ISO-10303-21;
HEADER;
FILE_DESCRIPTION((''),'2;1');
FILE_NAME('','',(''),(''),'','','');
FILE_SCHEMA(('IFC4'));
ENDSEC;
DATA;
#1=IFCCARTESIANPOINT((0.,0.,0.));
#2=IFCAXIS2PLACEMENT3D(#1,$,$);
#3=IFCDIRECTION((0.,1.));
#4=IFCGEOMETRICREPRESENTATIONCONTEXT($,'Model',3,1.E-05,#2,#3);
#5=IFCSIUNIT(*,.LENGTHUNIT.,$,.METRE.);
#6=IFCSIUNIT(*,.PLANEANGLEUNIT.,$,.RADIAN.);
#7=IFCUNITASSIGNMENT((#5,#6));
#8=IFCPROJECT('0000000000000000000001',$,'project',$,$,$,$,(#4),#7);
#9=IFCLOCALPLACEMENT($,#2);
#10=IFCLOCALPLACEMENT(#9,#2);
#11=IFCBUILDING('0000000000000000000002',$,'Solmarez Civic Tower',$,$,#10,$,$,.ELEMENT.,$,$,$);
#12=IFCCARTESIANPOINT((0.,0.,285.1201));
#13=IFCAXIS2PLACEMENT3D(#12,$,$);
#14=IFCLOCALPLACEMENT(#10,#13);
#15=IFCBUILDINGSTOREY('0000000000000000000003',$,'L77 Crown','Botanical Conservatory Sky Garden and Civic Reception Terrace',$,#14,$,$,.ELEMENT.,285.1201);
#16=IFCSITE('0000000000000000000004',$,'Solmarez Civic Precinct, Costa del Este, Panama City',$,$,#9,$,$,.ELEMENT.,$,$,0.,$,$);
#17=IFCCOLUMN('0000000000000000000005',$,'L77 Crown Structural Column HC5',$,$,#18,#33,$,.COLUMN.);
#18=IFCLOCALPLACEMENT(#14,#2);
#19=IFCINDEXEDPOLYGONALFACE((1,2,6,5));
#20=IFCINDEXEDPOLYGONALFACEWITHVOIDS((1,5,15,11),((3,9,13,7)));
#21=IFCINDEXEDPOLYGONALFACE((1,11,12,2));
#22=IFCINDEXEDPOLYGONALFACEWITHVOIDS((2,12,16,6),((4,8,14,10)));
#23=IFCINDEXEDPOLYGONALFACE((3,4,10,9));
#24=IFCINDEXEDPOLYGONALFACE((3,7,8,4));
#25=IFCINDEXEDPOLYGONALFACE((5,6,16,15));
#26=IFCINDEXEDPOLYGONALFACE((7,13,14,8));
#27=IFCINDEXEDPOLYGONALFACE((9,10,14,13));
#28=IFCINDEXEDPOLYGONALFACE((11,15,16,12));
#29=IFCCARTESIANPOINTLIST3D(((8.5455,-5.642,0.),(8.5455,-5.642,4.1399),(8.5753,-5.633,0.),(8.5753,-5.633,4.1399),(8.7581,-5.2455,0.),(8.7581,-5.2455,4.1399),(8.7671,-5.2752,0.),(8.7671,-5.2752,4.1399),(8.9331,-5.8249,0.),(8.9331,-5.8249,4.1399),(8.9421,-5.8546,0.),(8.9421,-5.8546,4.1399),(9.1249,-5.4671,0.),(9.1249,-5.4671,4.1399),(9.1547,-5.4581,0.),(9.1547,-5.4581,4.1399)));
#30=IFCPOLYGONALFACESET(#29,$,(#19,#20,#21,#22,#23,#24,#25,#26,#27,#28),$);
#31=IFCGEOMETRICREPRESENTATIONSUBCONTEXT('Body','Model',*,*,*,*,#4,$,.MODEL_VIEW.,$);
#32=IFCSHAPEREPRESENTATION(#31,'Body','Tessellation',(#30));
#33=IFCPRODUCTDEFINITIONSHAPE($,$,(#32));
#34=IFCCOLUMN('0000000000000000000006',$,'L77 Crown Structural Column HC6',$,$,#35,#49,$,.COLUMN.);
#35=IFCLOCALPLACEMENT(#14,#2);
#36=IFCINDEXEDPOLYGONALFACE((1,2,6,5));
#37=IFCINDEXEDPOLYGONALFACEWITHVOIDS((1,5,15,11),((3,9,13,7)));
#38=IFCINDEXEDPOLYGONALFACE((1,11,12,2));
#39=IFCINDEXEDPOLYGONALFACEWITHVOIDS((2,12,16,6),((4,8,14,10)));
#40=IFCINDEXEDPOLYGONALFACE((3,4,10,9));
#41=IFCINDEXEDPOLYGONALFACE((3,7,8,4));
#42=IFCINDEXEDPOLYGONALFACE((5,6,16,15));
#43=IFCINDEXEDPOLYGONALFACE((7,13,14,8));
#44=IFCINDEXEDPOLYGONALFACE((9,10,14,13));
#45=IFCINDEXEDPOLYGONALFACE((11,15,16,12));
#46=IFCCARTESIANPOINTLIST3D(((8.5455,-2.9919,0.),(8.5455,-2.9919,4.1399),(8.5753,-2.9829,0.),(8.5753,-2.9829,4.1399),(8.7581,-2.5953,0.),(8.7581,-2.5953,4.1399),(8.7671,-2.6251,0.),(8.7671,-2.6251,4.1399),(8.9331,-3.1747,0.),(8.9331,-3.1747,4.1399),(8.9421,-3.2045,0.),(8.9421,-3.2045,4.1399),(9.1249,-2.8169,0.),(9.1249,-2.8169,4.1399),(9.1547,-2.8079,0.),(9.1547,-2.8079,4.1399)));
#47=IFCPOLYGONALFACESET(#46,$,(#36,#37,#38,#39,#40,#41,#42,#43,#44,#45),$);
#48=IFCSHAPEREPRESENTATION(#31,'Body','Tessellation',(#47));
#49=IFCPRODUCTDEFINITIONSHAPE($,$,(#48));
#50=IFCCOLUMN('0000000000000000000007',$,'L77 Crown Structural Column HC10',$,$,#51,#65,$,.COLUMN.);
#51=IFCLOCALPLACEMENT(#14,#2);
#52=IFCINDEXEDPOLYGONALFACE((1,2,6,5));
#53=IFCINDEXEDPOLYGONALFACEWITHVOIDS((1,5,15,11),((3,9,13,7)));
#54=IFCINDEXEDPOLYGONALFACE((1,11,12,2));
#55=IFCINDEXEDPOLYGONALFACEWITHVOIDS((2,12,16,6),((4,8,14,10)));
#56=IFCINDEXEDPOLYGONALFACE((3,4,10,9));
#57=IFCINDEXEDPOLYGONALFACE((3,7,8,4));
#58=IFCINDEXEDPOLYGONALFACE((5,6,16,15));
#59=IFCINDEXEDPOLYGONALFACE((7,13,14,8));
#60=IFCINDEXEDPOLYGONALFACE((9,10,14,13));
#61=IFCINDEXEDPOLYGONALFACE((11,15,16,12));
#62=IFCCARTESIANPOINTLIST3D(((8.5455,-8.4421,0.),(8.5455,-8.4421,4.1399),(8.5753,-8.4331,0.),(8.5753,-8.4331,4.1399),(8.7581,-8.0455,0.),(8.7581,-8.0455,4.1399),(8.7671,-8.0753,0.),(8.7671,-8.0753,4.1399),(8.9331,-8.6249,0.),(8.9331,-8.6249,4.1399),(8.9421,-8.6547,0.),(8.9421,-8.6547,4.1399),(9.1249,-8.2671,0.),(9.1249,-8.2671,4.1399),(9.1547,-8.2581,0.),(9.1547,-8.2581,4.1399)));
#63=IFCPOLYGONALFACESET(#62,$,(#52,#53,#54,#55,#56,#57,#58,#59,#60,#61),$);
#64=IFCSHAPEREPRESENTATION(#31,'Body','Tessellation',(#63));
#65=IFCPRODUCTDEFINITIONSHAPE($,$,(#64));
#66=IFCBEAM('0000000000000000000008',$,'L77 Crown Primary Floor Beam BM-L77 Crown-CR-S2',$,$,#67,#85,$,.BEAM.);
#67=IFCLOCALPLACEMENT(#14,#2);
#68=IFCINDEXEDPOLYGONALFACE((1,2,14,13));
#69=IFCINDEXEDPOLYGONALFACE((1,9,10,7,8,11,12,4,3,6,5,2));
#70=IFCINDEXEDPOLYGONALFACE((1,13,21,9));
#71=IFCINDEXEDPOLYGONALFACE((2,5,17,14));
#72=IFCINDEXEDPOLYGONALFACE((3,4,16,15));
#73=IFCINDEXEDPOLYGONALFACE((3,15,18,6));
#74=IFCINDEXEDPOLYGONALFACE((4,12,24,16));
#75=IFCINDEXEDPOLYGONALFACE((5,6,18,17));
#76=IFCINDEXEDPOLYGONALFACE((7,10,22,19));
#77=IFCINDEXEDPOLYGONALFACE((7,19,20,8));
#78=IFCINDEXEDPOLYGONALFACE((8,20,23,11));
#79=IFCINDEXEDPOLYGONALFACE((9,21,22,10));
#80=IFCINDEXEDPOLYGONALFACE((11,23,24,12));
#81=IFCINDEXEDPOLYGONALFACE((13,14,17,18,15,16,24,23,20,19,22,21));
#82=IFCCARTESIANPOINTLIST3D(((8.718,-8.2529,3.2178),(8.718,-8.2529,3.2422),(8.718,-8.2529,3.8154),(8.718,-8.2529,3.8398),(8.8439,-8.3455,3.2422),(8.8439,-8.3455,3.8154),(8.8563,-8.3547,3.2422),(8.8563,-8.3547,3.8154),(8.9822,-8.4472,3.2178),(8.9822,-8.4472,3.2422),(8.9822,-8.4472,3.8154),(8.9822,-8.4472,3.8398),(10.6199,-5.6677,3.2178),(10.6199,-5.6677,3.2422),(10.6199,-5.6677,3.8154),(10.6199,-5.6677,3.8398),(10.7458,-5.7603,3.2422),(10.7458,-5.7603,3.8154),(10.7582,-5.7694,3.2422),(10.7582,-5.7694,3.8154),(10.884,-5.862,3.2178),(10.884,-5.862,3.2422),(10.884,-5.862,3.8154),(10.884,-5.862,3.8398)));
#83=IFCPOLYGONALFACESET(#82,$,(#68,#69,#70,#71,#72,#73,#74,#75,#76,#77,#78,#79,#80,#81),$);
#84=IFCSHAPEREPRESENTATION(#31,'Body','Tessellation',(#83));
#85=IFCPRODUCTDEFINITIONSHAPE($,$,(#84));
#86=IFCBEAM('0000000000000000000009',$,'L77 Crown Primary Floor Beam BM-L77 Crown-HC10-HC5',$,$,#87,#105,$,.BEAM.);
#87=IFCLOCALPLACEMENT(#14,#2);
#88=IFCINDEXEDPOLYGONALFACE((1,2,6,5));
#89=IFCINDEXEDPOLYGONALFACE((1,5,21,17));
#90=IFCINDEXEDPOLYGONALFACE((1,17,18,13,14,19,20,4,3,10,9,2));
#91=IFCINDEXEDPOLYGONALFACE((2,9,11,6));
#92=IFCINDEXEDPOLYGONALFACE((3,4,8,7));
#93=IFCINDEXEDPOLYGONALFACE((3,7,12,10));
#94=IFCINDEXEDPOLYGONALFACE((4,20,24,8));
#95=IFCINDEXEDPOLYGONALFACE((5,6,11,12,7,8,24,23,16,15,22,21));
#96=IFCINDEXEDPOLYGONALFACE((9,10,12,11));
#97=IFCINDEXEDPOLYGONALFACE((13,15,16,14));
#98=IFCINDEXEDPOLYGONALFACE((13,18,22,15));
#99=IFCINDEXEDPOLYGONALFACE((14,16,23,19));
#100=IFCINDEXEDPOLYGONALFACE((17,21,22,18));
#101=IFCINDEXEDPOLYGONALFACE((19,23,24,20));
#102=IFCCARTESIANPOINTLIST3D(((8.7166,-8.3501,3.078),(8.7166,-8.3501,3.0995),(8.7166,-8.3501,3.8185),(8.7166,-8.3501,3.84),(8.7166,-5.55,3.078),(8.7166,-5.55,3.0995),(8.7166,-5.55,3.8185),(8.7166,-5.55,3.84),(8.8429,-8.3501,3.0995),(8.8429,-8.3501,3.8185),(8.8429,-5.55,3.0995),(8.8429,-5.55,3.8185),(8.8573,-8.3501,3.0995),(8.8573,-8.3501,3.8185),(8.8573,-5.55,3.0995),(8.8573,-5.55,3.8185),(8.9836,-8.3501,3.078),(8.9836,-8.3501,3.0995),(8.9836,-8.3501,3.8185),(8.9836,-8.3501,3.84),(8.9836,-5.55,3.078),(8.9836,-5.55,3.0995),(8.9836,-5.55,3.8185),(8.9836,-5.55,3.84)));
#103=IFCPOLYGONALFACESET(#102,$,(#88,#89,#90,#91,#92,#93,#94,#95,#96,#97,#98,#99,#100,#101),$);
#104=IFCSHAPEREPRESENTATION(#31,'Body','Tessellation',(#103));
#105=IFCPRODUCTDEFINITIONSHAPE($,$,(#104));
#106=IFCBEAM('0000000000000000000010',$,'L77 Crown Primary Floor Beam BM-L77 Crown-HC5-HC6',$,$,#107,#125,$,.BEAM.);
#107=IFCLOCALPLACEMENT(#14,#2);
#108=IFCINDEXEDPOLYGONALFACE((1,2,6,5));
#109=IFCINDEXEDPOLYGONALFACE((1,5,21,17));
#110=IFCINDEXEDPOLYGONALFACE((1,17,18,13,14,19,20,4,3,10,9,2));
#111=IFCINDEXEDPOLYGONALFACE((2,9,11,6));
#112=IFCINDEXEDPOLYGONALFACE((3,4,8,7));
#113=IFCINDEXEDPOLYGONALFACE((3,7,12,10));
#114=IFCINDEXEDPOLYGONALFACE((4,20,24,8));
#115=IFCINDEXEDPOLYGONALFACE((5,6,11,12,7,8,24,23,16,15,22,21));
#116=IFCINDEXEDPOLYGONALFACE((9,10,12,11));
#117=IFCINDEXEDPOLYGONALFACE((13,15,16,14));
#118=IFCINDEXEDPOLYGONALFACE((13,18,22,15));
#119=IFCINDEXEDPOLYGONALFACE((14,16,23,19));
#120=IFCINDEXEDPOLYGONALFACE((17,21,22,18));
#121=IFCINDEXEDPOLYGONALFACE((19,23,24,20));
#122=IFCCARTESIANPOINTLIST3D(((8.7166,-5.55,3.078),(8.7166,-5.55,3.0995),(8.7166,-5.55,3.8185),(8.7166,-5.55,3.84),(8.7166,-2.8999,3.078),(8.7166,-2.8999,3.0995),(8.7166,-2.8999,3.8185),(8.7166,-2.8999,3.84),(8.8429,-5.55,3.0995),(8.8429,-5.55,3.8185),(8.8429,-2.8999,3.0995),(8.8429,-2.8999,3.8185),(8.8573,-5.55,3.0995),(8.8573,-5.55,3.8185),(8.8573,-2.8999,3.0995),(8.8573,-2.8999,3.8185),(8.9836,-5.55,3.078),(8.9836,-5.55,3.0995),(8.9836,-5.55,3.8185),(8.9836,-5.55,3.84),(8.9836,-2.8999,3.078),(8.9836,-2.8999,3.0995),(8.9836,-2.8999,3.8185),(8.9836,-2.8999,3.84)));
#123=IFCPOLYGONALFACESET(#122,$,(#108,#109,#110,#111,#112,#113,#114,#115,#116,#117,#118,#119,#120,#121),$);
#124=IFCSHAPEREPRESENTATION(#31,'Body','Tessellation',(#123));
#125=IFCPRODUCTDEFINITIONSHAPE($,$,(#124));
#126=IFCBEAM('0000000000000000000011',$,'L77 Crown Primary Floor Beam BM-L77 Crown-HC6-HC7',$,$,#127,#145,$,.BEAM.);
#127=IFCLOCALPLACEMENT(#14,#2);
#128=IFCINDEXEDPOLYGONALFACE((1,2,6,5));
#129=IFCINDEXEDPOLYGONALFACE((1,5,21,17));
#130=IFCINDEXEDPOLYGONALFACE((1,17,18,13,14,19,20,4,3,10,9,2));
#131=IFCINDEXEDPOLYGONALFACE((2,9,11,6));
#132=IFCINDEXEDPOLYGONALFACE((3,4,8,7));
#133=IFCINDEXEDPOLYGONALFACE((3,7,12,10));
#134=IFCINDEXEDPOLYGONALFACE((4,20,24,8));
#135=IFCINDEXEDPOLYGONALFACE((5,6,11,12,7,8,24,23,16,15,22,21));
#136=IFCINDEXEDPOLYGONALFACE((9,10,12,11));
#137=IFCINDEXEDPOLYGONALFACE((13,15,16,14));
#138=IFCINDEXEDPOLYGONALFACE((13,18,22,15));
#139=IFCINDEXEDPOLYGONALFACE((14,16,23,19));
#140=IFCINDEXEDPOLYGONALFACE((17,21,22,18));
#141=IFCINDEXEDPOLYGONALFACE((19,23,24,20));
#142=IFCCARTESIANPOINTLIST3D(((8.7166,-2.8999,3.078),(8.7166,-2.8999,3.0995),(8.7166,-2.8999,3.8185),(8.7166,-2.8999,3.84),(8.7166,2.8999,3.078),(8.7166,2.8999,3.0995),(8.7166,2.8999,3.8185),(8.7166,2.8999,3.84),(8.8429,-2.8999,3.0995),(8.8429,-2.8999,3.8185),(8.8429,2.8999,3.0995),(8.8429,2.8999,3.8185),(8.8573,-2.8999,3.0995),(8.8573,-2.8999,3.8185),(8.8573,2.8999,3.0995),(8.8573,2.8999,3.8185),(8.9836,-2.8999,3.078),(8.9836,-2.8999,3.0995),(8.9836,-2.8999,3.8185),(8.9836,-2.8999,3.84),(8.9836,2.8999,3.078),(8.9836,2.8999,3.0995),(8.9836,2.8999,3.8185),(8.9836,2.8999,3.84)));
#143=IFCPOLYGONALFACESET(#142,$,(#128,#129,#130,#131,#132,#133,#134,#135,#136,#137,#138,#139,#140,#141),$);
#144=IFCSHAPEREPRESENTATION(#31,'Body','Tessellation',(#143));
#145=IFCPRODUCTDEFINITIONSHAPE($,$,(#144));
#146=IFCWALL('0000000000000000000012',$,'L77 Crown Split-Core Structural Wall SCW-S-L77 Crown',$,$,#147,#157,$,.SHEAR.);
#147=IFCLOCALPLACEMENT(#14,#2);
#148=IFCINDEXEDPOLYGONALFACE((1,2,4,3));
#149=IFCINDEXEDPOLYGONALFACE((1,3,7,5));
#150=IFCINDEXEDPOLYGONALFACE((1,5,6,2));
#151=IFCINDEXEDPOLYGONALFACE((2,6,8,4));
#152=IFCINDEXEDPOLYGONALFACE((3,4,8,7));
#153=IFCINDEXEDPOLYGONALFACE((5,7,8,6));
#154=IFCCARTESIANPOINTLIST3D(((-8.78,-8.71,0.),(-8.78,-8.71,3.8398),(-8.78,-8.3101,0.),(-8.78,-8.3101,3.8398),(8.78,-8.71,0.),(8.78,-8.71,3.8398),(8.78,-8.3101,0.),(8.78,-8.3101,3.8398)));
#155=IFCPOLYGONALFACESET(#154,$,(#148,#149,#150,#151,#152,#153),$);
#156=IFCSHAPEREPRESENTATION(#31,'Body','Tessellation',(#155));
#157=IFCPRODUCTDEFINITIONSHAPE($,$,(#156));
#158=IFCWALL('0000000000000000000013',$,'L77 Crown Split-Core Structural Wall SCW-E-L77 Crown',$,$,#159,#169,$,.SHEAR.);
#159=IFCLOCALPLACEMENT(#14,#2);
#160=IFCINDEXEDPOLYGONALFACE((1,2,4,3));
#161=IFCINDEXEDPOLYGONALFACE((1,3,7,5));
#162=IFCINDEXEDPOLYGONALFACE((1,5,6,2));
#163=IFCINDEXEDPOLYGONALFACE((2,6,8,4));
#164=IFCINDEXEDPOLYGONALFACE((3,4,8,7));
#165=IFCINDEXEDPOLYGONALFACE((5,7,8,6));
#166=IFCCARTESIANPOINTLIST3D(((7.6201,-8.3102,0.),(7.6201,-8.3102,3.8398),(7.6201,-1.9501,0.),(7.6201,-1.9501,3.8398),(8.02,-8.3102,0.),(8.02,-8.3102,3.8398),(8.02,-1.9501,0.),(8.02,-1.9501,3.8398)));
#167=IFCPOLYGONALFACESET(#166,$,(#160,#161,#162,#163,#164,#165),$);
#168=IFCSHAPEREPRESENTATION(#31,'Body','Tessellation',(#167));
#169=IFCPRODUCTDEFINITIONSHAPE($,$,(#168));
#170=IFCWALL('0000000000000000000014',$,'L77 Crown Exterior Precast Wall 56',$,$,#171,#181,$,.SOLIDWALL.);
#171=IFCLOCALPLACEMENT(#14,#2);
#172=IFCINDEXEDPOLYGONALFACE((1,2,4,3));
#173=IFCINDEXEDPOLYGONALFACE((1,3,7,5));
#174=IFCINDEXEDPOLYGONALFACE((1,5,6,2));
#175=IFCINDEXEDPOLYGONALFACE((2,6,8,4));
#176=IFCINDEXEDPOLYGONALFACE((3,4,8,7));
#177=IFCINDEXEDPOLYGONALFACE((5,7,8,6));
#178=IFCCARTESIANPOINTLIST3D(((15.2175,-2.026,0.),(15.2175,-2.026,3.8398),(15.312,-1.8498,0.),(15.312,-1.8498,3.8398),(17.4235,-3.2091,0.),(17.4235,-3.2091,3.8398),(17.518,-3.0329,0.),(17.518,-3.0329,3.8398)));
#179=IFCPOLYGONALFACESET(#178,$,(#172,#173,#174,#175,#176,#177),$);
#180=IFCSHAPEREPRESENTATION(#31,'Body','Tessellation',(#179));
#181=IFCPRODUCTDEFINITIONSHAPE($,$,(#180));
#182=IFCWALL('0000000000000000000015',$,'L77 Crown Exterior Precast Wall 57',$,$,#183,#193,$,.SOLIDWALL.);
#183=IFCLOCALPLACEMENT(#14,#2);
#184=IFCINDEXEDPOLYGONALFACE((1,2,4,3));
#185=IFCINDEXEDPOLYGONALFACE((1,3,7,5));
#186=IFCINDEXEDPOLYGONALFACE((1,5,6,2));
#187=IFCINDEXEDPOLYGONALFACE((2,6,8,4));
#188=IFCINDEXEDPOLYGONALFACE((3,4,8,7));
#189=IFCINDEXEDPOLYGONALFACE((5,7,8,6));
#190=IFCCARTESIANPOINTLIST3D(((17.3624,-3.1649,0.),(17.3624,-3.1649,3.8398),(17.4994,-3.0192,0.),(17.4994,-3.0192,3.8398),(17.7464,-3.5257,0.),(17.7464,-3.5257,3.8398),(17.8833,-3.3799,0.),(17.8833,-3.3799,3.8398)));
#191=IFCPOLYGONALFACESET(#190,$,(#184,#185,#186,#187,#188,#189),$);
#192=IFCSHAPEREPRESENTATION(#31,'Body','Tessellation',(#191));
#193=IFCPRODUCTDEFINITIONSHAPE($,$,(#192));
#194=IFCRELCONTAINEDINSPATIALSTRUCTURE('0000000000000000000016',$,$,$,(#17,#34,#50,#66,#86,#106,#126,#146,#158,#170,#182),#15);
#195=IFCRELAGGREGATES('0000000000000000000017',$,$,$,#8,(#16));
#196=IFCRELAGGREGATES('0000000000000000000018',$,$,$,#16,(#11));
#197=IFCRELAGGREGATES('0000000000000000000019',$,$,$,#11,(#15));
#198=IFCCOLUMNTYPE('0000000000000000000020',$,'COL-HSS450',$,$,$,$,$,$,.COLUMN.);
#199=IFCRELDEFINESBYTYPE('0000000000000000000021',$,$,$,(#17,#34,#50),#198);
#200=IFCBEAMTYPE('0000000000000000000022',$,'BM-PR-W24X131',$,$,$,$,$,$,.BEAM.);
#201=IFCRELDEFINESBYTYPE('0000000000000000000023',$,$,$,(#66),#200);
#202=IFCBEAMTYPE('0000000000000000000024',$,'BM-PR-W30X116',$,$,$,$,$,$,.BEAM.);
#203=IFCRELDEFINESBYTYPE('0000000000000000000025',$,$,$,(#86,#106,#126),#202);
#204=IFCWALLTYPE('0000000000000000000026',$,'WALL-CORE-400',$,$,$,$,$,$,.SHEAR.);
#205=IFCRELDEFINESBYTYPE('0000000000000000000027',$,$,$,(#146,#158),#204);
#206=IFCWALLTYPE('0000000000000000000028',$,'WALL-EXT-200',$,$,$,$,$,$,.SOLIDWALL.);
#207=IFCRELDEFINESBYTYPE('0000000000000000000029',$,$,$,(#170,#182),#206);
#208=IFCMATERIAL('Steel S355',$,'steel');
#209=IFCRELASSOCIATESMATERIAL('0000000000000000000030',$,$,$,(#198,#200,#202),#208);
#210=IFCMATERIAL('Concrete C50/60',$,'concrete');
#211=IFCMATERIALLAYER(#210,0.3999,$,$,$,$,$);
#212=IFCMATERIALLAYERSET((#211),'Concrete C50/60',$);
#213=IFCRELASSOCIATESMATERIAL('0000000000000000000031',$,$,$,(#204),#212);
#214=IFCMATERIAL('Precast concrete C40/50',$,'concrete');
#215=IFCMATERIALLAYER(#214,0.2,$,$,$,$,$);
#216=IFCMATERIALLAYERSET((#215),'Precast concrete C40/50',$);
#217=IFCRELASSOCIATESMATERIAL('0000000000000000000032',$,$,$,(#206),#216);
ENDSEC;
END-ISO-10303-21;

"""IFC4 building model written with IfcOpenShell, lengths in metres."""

from ifc_helpers import new_model, si_unit, direction, frame, frame_2d, origin, origin_2d, place, context, subcontext, project, spatial, rectangle, hollow_rectangle, i_section, extrude, material, layer, layer_set, material_profile, profile_set, type_object, element, save


model = new_model("IFC4")

# Units and contexts
model_context = context("Model", 3, precision=1e-05, world=origin(), true_north=direction((0.0, 1.0)))
body_context = subcontext(model_context, "Body", "Model", "MODEL_VIEW")
ifc_project = project(units=[si_unit("LENGTHUNIT", "METRE"), si_unit("PLANEANGLEUNIT", "RADIAN")], contexts=[model_context])

# Site, building, storey
site_placement = place(None, origin())
site = spatial("IfcSite", under=ifc_project, at=site_placement, Name="Solmarez Civic Precinct, Costa del Este, Panama City", CompositionType="ELEMENT", RefElevation=0.0)
building_placement = place(site_placement, origin())
building = spatial("IfcBuilding", under=site, at=building_placement, Name="Solmarez Civic Tower", CompositionType="ELEMENT")
storey_placement = place(building_placement, frame((0.0, 0.0, 285.1201)))
storey = spatial("IfcBuildingStorey", under=building, at=storey_placement, Name="L77 Crown", Description="Botanical Conservatory Sky Garden and Civic Reception Terrace", CompositionType="ELEMENT", Elevation=285.1201)

# Columns
ifc_material_1 = material(Name="Steel S355", Category="steel")
ifc_material_profile_1 = material_profile(ifc_material_1, hollow_rectangle(XDim=0.45, YDim=0.45, WallThickness=0.022, at=origin_2d()), Name="HSS450X450X22")
ifc_profile_set_1 = profile_set([ifc_material_profile_1], Name="Steel S355")
column_type = type_object("IfcColumnType", Name="COL-HSS450", PredefinedType="COLUMN", material=ifc_profile_set_1)
for number, where, z_axis, x_axis, name in (
    (1, (8.8501, -5.55, 0.0), (0.0, 0.0, 1.0), (0.472551, 0.881303, 0.0), "L77 Crown Structural Column HC5"),
    (2, (8.8501, -2.8999, 0.0), (0.0, 0.0, 1.0), (0.472551, 0.881303, 0.0), "L77 Crown Structural Column HC6"),
    (3, (8.8501, -8.3501, 0.0), (0.0, 0.0, 1.0), (0.472551, 0.881303, 0.0), "L77 Crown Structural Column HC10"),
):
    element("IfcColumn", number, at=place(storey_placement, frame(where, z_axis=z_axis, x_axis=x_axis)), inside=storey, type_object=column_type, Name=name, PredefinedType="COLUMN", context=body_context, shape_type="SweptSolid", body=[
        extrude(hollow_rectangle(XDim=0.45, YDim=0.45, WallThickness=0.022, at=origin_2d()), origin(), (0.0, 0.0, 1.0), 4.1399),
    ])

# Beams
ifc_material_profile_2 = material_profile(ifc_material_1, i_section(OverallWidth=0.3279, OverallDepth=0.6221, WebThickness=0.0154, FlangeThickness=0.0244, at=origin_2d()), Name="W24X131")
ifc_profile_set_2 = profile_set([ifc_material_profile_2], Name="Steel S355")
beam_type_1 = type_object("IfcBeamType", Name="BM-PR-W24X131", PredefinedType="BEAM", material=ifc_profile_set_2)
beam_1_placement = place(storey_placement, frame((8.8501, -8.3501, 3.5288), z_axis=(0.592586, 0.805507, 0.0), x_axis=(-0.805507, 0.592586, 0.0)))
element("IfcBeam", 4, at=beam_1_placement, inside=storey, type_object=beam_type_1, Name="L77 Crown Primary Floor Beam BM-L77 Crown-CR-S2", PredefinedType="BEAM", context=body_context, shape_type="SweptSolid", body=[
    extrude(i_section(OverallWidth=0.3279, OverallDepth=0.6221, WebThickness=0.0154, FlangeThickness=0.0244, at=origin_2d()), origin(), (0.0, 0.0, 1.0), 3.2095),
])
ifc_material_profile_3 = material_profile(ifc_material_1, i_section(OverallWidth=0.2671, OverallDepth=0.762, WebThickness=0.0144, FlangeThickness=0.0215, at=origin_2d()), Name="W30X116")
ifc_profile_set_3 = profile_set([ifc_material_profile_3], Name="Steel S355")
beam_type_2 = type_object("IfcBeamType", Name="BM-PR-W30X116", PredefinedType="BEAM", material=ifc_profile_set_3)
beam_2_placement = place(storey_placement, frame((8.8501, -8.3501, 3.459), z_axis=(0.0, 1.0, 0.0), x_axis=(-1.0, 0.0, 0.0)))
element("IfcBeam", 5, at=beam_2_placement, inside=storey, type_object=beam_type_2, Name="L77 Crown Primary Floor Beam BM-L77 Crown-HC10-HC5", PredefinedType="BEAM", context=body_context, shape_type="SweptSolid", body=[
    extrude(i_section(OverallWidth=0.2671, OverallDepth=0.762, WebThickness=0.0144, FlangeThickness=0.0215, at=origin_2d()), origin(), (0.0, 0.0, 1.0), 2.8),
])
beam_3_placement = place(storey_placement, frame((8.8501, -5.55, 3.459), z_axis=(0.0, 1.0, 0.0), x_axis=(-1.0, 0.0, 0.0)))
element("IfcBeam", 6, at=beam_3_placement, inside=storey, type_object=beam_type_2, Name="L77 Crown Primary Floor Beam BM-L77 Crown-HC5-HC6", PredefinedType="BEAM", context=body_context, shape_type="SweptSolid", body=[
    extrude(i_section(OverallWidth=0.2671, OverallDepth=0.762, WebThickness=0.0144, FlangeThickness=0.0215, at=origin_2d()), origin(), (0.0, 0.0, 1.0), 2.6501),
])
beam_4_placement = place(storey_placement, frame((8.8501, -2.8999, 3.459), z_axis=(0.0, 1.0, 0.0), x_axis=(-1.0, 0.0, 0.0)))
element("IfcBeam", 7, at=beam_4_placement, inside=storey, type_object=beam_type_2, Name="L77 Crown Primary Floor Beam BM-L77 Crown-HC6-HC7", PredefinedType="BEAM", context=body_context, shape_type="SweptSolid", body=[
    extrude(i_section(OverallWidth=0.2671, OverallDepth=0.762, WebThickness=0.0144, FlangeThickness=0.0215, at=origin_2d()), origin(), (0.0, 0.0, 1.0), 5.7998),
])

# Walls
ifc_material_2 = material(Name="Concrete C50/60", Category="concrete")
ifc_layer_1 = layer(ifc_material_2, 0.3999)
ifc_layer_set_1 = layer_set([ifc_layer_1], Name="Concrete C50/60")
wall_type_1 = type_object("IfcWallType", Name="WALL-CORE-400", PredefinedType="SHEAR", material=ifc_layer_set_1)
wall_1_placement = place(storey_placement, frame((8.78, -8.51, 0.0), z_axis=(0.0, 0.0, 1.0), x_axis=(-1.0, 0.0, 0.0)))
element("IfcWall", 8, at=wall_1_placement, inside=storey, type_object=wall_type_1, Name="L77 Crown Split-Core Structural Wall SCW-S-L77 Crown", PredefinedType="SHEAR", context=body_context, shape_type="SweptSolid", body=[
    extrude(rectangle(XDim=17.5601, YDim=0.3999, at=frame_2d((8.78, 0.0))), origin(), (0.0, 0.0, 1.0), 3.8398),
])
wall_2_placement = place(storey_placement, frame((7.8201, -1.95, 0.0), z_axis=(0.0, 0.0, 1.0), x_axis=(0.0, -1.0, 0.0)))
element("IfcWall", 9, at=wall_2_placement, inside=storey, type_object=wall_type_1, Name="L77 Crown Split-Core Structural Wall SCW-E-L77 Crown", PredefinedType="SHEAR", context=body_context, shape_type="SweptSolid", body=[
    extrude(rectangle(XDim=6.3601, YDim=0.3999, at=frame_2d((3.1802, 0.0))), origin(), (0.0, 0.0, 1.0), 3.8398),
])
ifc_material_3 = material(Name="Precast concrete C40/50", Category="concrete")
ifc_layer_2 = layer(ifc_material_3, 0.2)
ifc_layer_set_2 = layer_set([ifc_layer_2], Name="Precast concrete C40/50")
wall_type_2 = type_object("IfcWallType", Name="WALL-EXT-200", PredefinedType="SOLIDWALL", material=ifc_layer_set_2)
wall_3_placement = place(storey_placement, frame((15.2649, -1.938, 0.0), z_axis=(0.0, 0.0, 1.0), x_axis=(0.881265, -0.472622, 0.0)))
element("IfcWall", 10, at=wall_3_placement, inside=storey, type_object=wall_type_2, Name="L77 Crown Exterior Precast Wall 56", PredefinedType="SOLIDWALL", context=body_context, shape_type="SweptSolid", body=[
    extrude(rectangle(XDim=2.5032, YDim=0.2, at=frame_2d((1.2515, 0.0))), origin(), (0.0, 0.0, 1.0), 3.8398),
])
wall_4_placement = place(storey_placement, frame((17.4309, -3.092, 0.0), z_axis=(0.0, 0.0, 1.0), x_axis=(0.728771, -0.684757, 0.0)))
element("IfcWall", 11, at=wall_4_placement, inside=storey, type_object=wall_type_2, Name="L77 Crown Exterior Precast Wall 57", PredefinedType="SOLIDWALL", context=body_context, shape_type="SweptSolid", body=[
    extrude(rectangle(XDim=0.5269, YDim=0.2, at=frame_2d((0.2634, 0.0))), origin(), (0.0, 0.0, 1.0), 3.8398),
])

save(model, "model.ifc")
